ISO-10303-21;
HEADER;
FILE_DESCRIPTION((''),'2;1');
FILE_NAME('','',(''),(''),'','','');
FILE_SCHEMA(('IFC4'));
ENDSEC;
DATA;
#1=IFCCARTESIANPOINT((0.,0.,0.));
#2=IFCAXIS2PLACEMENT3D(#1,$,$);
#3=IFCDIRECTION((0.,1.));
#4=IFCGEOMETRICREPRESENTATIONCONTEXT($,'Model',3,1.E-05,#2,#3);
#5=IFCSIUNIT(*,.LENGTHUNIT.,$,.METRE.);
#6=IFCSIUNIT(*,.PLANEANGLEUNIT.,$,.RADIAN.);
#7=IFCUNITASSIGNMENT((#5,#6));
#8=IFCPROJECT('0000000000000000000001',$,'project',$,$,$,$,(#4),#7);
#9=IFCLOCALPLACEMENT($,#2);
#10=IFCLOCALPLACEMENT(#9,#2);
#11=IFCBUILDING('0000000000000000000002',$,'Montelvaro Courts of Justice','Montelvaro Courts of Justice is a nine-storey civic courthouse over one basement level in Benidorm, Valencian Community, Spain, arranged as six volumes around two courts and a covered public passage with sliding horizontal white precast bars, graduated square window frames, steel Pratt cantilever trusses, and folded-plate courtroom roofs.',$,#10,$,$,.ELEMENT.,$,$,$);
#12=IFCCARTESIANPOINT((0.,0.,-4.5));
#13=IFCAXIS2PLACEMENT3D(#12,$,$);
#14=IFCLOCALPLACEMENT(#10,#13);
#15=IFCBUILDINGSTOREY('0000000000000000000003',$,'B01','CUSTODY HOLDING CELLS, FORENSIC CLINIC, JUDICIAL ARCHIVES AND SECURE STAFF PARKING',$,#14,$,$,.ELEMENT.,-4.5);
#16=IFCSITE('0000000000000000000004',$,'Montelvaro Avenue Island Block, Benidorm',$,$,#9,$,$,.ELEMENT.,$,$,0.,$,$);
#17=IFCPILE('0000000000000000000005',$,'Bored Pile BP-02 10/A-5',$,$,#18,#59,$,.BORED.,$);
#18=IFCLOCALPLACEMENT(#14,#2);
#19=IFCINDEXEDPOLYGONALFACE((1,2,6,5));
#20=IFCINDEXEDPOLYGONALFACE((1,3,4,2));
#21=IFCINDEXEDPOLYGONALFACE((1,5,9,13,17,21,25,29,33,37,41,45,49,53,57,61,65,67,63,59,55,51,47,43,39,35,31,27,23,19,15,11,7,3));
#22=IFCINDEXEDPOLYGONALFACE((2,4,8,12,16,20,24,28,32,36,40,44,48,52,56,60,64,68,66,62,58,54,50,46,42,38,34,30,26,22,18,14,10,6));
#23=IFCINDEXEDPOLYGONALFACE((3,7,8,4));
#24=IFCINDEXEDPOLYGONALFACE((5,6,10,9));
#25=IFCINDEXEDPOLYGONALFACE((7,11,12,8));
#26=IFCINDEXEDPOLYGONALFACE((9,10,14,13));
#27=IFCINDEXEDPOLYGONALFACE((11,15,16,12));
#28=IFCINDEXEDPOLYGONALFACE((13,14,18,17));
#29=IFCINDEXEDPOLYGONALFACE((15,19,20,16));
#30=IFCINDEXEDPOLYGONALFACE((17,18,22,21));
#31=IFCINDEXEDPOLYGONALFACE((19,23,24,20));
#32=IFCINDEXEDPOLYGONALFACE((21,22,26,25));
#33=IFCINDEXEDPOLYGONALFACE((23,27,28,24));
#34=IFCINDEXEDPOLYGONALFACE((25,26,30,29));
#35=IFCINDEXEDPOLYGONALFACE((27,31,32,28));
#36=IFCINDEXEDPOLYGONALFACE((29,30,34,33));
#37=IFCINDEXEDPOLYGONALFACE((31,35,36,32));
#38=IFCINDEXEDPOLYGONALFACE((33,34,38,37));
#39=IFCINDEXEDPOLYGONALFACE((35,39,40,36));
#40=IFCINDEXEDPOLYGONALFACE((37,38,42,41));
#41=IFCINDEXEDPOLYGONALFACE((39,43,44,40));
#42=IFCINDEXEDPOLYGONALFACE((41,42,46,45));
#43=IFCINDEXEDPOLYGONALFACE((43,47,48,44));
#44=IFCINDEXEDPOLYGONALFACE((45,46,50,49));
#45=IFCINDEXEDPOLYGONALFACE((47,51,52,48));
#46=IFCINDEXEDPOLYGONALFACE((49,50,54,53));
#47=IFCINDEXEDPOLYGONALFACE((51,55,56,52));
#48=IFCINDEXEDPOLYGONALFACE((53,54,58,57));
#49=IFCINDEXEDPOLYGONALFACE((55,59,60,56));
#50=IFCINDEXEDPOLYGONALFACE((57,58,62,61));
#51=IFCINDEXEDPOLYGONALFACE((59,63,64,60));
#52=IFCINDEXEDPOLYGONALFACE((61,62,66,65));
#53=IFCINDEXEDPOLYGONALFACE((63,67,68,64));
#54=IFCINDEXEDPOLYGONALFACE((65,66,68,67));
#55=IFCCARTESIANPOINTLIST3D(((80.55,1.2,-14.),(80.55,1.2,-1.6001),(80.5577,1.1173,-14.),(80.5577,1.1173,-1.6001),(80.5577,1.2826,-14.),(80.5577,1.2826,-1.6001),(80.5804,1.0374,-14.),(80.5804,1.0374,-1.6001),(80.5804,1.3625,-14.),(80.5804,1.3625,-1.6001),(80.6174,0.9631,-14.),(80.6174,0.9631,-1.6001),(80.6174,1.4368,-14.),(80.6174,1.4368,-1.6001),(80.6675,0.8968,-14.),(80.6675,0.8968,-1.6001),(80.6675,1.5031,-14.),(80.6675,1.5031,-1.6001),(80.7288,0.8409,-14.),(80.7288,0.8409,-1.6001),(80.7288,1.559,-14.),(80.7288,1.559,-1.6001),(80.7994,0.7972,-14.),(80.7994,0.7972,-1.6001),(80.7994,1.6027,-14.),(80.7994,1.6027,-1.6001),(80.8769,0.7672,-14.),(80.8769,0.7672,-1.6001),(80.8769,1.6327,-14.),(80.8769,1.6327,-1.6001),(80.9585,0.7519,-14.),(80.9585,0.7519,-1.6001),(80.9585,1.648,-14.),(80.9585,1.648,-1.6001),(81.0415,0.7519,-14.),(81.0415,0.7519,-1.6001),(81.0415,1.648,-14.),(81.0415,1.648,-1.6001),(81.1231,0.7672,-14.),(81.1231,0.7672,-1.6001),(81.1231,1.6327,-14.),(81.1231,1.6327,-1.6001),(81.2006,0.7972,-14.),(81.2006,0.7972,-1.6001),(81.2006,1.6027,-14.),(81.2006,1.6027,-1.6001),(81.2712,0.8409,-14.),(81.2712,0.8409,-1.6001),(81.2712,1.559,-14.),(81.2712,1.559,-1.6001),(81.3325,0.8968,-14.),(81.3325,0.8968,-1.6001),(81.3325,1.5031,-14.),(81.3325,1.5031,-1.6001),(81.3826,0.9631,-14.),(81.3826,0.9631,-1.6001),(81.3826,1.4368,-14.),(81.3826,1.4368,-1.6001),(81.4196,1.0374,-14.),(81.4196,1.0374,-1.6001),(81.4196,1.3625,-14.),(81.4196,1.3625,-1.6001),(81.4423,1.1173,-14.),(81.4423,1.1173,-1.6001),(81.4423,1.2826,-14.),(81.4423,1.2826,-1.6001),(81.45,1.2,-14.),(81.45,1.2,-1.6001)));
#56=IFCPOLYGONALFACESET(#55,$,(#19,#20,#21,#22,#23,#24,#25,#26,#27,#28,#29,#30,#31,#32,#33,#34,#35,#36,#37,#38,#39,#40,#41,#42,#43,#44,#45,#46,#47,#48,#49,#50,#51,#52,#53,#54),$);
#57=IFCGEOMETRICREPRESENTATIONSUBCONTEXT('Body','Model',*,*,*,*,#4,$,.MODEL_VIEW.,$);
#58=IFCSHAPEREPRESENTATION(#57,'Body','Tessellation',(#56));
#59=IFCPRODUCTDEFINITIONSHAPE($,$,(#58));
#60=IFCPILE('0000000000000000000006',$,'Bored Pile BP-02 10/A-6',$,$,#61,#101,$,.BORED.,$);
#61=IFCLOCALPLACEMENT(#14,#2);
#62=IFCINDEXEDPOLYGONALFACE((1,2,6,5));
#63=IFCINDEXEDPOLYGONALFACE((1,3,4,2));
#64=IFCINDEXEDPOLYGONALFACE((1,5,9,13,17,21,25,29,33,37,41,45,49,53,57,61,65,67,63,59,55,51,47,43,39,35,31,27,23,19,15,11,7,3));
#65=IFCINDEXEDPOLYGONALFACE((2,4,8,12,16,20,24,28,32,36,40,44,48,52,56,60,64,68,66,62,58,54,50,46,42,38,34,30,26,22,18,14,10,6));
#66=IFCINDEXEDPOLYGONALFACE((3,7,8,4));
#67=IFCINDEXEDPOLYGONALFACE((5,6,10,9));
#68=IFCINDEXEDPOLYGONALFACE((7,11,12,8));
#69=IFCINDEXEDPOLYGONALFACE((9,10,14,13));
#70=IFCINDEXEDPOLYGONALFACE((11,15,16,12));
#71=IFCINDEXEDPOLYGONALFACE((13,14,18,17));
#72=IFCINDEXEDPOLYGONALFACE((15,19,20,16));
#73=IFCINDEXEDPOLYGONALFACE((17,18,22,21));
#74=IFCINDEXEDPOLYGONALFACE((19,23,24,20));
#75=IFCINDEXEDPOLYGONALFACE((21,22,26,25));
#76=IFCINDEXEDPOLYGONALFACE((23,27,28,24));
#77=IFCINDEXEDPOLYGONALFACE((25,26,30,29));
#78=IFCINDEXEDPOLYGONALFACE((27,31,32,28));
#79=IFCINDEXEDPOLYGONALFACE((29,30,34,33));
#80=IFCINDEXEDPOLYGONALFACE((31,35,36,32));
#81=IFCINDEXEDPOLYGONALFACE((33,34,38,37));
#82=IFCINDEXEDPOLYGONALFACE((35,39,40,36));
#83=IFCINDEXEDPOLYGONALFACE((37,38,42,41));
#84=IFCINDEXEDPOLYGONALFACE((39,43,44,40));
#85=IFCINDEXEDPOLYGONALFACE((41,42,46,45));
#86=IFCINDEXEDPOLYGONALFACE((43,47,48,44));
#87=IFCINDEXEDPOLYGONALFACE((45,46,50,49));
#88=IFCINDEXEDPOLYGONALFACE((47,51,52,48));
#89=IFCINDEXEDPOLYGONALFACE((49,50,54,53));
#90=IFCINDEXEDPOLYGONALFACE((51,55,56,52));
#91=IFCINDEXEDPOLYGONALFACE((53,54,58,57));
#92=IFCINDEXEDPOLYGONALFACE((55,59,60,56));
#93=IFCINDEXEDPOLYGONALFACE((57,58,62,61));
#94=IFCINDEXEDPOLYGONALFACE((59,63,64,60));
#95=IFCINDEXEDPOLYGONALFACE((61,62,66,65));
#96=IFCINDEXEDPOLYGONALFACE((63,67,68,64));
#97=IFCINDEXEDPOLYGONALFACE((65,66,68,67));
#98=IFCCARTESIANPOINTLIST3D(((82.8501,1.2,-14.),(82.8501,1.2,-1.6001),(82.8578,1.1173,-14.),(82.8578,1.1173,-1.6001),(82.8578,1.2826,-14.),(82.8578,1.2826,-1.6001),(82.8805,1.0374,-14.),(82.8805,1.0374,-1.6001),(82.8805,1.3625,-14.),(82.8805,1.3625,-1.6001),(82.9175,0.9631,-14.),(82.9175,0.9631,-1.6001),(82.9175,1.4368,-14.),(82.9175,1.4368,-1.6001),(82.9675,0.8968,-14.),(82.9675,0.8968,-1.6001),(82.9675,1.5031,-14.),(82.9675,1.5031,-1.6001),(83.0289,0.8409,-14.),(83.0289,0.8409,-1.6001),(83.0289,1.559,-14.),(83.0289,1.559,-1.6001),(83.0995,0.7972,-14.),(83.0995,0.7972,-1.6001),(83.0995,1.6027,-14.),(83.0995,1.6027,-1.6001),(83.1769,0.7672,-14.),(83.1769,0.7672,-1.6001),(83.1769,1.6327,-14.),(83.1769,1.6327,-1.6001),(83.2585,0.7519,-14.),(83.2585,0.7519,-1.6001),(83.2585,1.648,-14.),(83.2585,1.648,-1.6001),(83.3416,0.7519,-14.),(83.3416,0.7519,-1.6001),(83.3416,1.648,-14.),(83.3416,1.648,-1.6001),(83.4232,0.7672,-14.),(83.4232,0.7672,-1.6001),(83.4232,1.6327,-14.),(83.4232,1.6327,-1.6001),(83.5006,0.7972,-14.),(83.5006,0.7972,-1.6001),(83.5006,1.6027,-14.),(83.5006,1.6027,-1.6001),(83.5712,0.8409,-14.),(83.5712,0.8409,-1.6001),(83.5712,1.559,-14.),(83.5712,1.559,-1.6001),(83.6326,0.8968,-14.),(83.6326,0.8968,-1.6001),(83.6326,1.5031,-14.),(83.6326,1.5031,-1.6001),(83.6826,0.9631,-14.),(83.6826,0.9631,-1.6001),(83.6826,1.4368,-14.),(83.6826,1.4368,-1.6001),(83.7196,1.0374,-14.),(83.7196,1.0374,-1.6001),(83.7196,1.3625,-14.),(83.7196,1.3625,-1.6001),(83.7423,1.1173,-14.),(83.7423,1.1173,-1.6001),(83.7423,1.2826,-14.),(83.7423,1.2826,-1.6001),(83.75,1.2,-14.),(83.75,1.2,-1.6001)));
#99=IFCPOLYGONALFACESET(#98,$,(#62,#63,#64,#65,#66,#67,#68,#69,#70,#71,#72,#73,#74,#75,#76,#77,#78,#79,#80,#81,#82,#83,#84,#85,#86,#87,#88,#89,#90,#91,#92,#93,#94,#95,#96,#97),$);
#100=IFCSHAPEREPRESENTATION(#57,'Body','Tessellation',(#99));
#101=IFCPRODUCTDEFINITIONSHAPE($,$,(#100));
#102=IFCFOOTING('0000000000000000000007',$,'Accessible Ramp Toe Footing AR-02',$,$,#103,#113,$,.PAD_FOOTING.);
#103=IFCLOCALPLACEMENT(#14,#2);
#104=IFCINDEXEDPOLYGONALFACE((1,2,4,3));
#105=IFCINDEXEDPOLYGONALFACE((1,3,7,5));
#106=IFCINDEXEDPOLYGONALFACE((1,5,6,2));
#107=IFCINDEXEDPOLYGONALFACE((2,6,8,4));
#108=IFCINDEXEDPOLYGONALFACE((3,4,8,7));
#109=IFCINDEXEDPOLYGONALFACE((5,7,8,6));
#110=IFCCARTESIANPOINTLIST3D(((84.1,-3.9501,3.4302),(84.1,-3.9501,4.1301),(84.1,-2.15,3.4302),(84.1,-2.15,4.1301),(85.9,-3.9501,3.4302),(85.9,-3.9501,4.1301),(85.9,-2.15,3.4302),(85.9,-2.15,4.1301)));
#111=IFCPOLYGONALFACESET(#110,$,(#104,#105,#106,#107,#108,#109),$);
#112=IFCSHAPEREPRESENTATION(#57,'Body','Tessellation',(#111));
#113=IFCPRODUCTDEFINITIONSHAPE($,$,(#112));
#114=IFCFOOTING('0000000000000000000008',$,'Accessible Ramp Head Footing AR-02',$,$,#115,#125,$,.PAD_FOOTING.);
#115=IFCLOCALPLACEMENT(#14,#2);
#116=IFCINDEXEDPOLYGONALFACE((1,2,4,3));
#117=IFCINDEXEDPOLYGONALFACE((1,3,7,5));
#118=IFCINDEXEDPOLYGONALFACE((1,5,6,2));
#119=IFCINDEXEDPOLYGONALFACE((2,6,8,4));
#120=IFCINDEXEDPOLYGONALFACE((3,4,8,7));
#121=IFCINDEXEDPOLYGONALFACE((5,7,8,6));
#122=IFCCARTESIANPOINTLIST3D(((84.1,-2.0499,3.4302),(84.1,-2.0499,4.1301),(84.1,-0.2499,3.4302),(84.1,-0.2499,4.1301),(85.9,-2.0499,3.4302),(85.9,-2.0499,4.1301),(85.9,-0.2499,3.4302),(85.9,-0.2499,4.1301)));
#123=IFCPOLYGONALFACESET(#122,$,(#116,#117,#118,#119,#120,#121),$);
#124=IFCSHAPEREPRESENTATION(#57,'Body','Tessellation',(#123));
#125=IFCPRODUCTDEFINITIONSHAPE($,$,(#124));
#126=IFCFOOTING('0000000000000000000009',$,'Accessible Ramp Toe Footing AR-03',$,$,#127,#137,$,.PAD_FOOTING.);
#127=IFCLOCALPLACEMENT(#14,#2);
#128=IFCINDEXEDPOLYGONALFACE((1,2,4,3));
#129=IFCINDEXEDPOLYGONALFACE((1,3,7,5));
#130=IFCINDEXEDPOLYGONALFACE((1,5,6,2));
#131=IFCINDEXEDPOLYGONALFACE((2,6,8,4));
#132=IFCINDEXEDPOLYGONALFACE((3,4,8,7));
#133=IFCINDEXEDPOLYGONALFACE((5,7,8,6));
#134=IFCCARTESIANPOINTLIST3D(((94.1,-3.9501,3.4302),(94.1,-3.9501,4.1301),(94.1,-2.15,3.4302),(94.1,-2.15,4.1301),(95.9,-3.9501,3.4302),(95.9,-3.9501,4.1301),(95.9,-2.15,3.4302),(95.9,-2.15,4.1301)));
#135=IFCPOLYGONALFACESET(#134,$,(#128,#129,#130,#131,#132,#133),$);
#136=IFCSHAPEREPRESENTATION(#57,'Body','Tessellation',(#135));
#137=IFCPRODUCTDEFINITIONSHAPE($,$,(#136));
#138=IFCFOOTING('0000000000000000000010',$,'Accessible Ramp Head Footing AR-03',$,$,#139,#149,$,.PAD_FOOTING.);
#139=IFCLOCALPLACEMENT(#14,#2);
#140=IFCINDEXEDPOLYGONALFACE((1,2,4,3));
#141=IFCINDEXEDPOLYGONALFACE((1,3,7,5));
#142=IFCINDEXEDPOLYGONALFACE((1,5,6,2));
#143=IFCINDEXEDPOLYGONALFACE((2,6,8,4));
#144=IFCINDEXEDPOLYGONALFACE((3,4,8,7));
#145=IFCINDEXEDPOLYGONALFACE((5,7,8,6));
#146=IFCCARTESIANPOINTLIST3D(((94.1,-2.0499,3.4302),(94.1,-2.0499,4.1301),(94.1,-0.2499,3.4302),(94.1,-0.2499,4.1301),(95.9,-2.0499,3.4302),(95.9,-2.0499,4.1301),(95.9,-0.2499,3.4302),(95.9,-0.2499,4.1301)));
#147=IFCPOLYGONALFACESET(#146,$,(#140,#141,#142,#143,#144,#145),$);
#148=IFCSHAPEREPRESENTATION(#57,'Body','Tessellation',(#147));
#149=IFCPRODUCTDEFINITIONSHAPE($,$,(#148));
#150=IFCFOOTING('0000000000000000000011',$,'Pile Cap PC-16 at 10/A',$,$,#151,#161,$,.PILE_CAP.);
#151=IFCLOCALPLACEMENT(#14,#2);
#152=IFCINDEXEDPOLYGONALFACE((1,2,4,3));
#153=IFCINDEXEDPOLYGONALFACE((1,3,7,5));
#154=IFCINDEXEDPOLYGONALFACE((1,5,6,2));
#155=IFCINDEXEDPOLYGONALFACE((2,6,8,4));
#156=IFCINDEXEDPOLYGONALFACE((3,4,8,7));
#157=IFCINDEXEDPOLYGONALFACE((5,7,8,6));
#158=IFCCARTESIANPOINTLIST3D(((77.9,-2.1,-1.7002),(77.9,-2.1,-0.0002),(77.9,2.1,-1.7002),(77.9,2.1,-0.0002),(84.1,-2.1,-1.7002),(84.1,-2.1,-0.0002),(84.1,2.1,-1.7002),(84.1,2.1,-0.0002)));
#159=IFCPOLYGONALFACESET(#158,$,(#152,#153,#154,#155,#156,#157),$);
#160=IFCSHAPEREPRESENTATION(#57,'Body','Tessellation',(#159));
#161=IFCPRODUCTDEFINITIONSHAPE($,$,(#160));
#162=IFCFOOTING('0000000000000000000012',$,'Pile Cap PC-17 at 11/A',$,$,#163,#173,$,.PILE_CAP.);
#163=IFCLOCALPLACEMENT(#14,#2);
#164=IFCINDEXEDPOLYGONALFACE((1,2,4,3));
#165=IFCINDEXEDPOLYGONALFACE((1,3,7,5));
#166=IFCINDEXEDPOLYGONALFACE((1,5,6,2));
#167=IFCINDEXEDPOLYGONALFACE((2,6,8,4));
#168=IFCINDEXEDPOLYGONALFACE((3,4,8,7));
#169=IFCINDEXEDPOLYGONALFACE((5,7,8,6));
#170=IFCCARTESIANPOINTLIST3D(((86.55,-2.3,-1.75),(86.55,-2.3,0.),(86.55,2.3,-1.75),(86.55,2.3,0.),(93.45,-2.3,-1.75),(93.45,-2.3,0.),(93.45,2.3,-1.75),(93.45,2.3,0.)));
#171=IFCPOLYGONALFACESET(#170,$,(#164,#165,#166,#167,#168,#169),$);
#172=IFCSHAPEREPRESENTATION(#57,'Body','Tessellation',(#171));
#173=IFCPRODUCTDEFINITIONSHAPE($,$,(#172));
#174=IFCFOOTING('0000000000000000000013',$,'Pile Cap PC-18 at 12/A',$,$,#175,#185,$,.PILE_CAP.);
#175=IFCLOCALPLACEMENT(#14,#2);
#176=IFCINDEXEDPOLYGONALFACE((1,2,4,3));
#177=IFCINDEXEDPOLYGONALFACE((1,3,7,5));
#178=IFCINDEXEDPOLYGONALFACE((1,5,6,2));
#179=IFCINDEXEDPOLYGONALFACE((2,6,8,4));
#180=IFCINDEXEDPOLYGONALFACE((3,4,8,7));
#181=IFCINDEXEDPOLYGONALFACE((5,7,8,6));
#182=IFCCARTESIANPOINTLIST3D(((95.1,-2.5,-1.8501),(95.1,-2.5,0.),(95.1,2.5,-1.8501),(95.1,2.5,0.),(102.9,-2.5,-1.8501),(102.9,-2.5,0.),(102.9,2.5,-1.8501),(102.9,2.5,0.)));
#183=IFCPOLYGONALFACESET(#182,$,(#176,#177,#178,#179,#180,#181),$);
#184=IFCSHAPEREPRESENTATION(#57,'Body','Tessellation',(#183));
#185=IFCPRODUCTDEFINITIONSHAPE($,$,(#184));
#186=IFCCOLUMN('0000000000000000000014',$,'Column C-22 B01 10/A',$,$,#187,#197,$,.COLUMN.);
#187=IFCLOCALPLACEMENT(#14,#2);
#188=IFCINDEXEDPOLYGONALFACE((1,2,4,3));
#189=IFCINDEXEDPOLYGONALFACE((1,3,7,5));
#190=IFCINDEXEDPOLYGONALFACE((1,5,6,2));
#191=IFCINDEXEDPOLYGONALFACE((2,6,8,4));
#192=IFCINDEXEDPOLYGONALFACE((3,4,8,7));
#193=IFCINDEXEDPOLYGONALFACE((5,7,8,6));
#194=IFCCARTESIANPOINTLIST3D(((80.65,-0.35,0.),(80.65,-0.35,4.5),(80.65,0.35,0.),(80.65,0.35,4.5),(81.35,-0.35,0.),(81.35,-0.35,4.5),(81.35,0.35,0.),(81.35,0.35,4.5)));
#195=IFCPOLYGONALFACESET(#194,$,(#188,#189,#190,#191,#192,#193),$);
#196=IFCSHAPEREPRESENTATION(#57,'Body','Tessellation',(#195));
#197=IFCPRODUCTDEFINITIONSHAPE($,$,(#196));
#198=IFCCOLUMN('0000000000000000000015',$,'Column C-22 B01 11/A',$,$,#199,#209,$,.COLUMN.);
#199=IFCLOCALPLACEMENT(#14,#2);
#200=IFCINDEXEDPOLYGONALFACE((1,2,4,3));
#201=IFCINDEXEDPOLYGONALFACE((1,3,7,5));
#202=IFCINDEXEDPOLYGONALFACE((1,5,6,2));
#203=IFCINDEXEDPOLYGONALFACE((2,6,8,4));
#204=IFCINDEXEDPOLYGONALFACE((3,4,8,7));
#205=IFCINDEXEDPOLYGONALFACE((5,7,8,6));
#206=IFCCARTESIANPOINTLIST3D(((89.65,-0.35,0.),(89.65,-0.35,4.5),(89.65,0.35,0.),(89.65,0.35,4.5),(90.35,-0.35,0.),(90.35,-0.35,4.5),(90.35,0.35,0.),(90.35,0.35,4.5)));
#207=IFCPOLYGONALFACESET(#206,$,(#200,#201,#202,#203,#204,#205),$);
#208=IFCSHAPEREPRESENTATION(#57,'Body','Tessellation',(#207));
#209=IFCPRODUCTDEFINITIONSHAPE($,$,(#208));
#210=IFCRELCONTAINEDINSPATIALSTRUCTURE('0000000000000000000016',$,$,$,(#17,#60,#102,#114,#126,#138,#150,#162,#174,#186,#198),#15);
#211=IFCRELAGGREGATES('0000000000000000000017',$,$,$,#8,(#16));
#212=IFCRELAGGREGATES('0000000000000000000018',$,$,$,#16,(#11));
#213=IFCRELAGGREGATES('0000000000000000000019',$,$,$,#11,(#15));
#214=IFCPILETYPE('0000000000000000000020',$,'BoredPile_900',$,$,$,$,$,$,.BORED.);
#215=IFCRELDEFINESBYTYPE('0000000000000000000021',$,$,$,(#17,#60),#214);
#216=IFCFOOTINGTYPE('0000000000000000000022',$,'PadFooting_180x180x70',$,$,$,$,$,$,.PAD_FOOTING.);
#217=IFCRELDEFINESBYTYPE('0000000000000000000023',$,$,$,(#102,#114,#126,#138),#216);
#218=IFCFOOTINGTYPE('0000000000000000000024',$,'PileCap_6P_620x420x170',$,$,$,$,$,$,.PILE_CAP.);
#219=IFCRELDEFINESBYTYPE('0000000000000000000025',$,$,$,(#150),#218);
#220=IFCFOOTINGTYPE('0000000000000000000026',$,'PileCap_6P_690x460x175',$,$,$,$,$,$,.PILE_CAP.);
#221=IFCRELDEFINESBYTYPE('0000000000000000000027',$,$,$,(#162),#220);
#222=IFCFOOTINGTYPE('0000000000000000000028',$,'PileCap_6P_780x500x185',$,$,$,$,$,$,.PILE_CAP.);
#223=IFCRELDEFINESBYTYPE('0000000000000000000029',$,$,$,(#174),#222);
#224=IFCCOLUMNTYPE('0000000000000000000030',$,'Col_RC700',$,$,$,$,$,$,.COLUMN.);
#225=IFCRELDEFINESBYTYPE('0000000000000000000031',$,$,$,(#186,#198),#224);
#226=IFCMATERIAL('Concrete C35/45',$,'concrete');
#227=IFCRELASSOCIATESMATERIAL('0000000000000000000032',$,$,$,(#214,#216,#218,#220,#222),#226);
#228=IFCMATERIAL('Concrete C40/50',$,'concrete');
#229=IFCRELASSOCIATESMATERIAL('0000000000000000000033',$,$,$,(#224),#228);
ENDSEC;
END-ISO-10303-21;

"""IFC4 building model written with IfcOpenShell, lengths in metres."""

from ifc_helpers import new_model, si_unit, direction, frame, origin, origin_2d, place, context, subcontext, project, spatial, rectangle, circle, extrude, material, material_profile, profile_set, type_object, element, save


model = new_model("IFC4")

# Units and contexts
model_context = context("Model", 3, precision=1e-05, world=origin(), true_north=direction((0.0, 1.0)))
body_context = subcontext(model_context, "Body", "Model", "MODEL_VIEW")
ifc_project = project(units=[si_unit("LENGTHUNIT", "METRE"), si_unit("PLANEANGLEUNIT", "RADIAN")], contexts=[model_context])

# Site, building, storey
site_placement = place(None, origin())
site = spatial("IfcSite", under=ifc_project, at=site_placement, Name="Montelvaro Avenue Island Block, Benidorm", CompositionType="ELEMENT", RefElevation=0.0)
building_placement = place(site_placement, origin())
building = spatial("IfcBuilding", under=site, at=building_placement, Name="Montelvaro Courts of Justice", Description="Montelvaro Courts of Justice is a nine-storey civic courthouse over one basement level in Benidorm, Valencian Community, Spain, arranged as six volumes around two courts and a covered public passage with sliding horizontal white precast bars, graduated square window frames, steel Pratt cantilever trusses, and folded-plate courtroom roofs.", CompositionType="ELEMENT")
storey_placement = place(building_placement, frame((0.0, 0.0, -4.5)))
storey = spatial("IfcBuildingStorey", under=building, at=storey_placement, Name="B01", Description="CUSTODY HOLDING CELLS, FORENSIC CLINIC, JUDICIAL ARCHIVES AND SECURE STAFF PARKING", CompositionType="ELEMENT", Elevation=-4.5)

# Piles
ifc_material_1 = material(Name="Concrete C35/45", Category="concrete")
ifc_material_profile_1 = material_profile(ifc_material_1, circle(Radius=0.45, at=origin_2d()), Name="BORED PILE D900")
ifc_profile_set_1 = profile_set([ifc_material_profile_1], Name="Concrete C35/45")
pile_type_1 = type_object("IfcPileType", Name="BoredPile_900", PredefinedType="BORED", material=ifc_profile_set_1)
for number, where, z_axis, x_axis, name in (
    (1, (81.0, 1.2, -1.6001), (0.0, 0.0, -1.0), (1.0, 0.0, 0.0), "Bored Pile BP-02 10/A-5"),
    (2, (83.3, 1.2, -1.6001), (0.0, 0.0, -1.0), (1.0, 0.0, 0.0), "Bored Pile BP-02 10/A-6"),
):
    element("IfcPile", number, at=place(storey_placement, frame(where, z_axis=z_axis, x_axis=x_axis)), inside=storey, type_object=pile_type_1, Name=name, PredefinedType="BORED", context=body_context, shape_type="SweptSolid", body=[
        extrude(circle(Radius=0.45, at=origin_2d()), origin(), (0.0, 0.0, 1.0), 12.3999),
    ])

# Footings
footing_type_1 = type_object("IfcFootingType", Name="PadFooting_180x180x70", PredefinedType="PAD_FOOTING", material=ifc_material_1)
for number, where, z_axis, x_axis, name in (
    (3, (85.0, -3.05, 3.4302), (0.0, 0.0, 1.0), (1.0, 0.0, 0.0), "Accessible Ramp Toe Footing AR-02"),
    (4, (85.0, -1.1499, 3.4302), (0.0, 0.0, 1.0), (1.0, 0.0, 0.0), "Accessible Ramp Head Footing AR-02"),
    (5, (95.0, -3.05, 3.4302), (0.0, 0.0, 1.0), (1.0, 0.0, 0.0), "Accessible Ramp Toe Footing AR-03"),
    (6, (95.0, -1.1499, 3.4302), (0.0, 0.0, 1.0), (1.0, 0.0, 0.0), "Accessible Ramp Head Footing AR-03"),
):
    element("IfcFooting", number, at=place(storey_placement, frame(where, z_axis=z_axis, x_axis=x_axis)), inside=storey, type_object=footing_type_1, Name=name, PredefinedType="PAD_FOOTING", context=body_context, shape_type="SweptSolid", body=[
        extrude(rectangle(XDim=1.8, YDim=1.8, at=origin_2d()), origin(), (0.0, 0.0, 1.0), 0.7),
    ])
footing_type_2 = type_object("IfcFootingType", Name="PileCap_6P_620x420x170", PredefinedType="PILE_CAP", material=ifc_material_1)
footing_1_placement = place(storey_placement, frame((81.0, 0.0, -1.7002), z_axis=(0.0, 0.0, 1.0), x_axis=(1.0, 0.0, 0.0)))
element("IfcFooting", 7, at=footing_1_placement, inside=storey, type_object=footing_type_2, Name="Pile Cap PC-16 at 10/A", PredefinedType="PILE_CAP", context=body_context, shape_type="SweptSolid", body=[
    extrude(rectangle(XDim=6.2, YDim=4.2, at=origin_2d()), origin(), (0.0, 0.0, 1.0), 1.7),
])
footing_type_3 = type_object("IfcFootingType", Name="PileCap_6P_690x460x175", PredefinedType="PILE_CAP", material=ifc_material_1)
footing_2_placement = place(storey_placement, frame((90.0, 0.0, -1.75), z_axis=(0.0, 0.0, 1.0), x_axis=(1.0, 0.0, 0.0)))
element("IfcFooting", 8, at=footing_2_placement, inside=storey, type_object=footing_type_3, Name="Pile Cap PC-17 at 11/A", PredefinedType="PILE_CAP", context=body_context, shape_type="SweptSolid", body=[
    extrude(rectangle(XDim=6.8999, YDim=4.6001, at=origin_2d()), origin(), (0.0, 0.0, 1.0), 1.75),
])
footing_type_4 = type_object("IfcFootingType", Name="PileCap_6P_780x500x185", PredefinedType="PILE_CAP", material=ifc_material_1)
footing_3_placement = place(storey_placement, frame((99.0, 0.0, -1.8501), z_axis=(0.0, 0.0, 1.0), x_axis=(1.0, 0.0, 0.0)))
element("IfcFooting", 9, at=footing_3_placement, inside=storey, type_object=footing_type_4, Name="Pile Cap PC-18 at 12/A", PredefinedType="PILE_CAP", context=body_context, shape_type="SweptSolid", body=[
    extrude(rectangle(XDim=7.8, YDim=5.0, at=origin_2d()), origin(), (0.0, 0.0, 1.0), 1.8501),
])

# Columns
ifc_material_2 = material(Name="Concrete C40/50", Category="concrete")
ifc_material_profile_2 = material_profile(ifc_material_2, rectangle(XDim=0.7, YDim=0.7, at=origin_2d()), Name="RC 700x700")
ifc_profile_set_2 = profile_set([ifc_material_profile_2], Name="Concrete C40/50")
column_type = type_object("IfcColumnType", Name="Col_RC700", PredefinedType="COLUMN", material=ifc_profile_set_2)
for number, where, z_axis, x_axis, name in (
    (10, (81.0, 0.0, 0.0), (0.0, 0.0, 1.0), (1.0, 0.0, 0.0), "Column C-22 B01 10/A"),
    (11, (90.0, 0.0, 0.0), (0.0, 0.0, 1.0), (1.0, 0.0, 0.0), "Column C-22 B01 11/A"),
):
    element("IfcColumn", number, at=place(storey_placement, frame(where, z_axis=z_axis, x_axis=x_axis)), inside=storey, type_object=column_type, Name=name, PredefinedType="COLUMN", context=body_context, shape_type="SweptSolid", body=[
        extrude(rectangle(XDim=0.7, YDim=0.7, at=origin_2d()), origin(), (0.0, 0.0, 1.0), 4.5),
    ])

save(model, "model.ifc")
